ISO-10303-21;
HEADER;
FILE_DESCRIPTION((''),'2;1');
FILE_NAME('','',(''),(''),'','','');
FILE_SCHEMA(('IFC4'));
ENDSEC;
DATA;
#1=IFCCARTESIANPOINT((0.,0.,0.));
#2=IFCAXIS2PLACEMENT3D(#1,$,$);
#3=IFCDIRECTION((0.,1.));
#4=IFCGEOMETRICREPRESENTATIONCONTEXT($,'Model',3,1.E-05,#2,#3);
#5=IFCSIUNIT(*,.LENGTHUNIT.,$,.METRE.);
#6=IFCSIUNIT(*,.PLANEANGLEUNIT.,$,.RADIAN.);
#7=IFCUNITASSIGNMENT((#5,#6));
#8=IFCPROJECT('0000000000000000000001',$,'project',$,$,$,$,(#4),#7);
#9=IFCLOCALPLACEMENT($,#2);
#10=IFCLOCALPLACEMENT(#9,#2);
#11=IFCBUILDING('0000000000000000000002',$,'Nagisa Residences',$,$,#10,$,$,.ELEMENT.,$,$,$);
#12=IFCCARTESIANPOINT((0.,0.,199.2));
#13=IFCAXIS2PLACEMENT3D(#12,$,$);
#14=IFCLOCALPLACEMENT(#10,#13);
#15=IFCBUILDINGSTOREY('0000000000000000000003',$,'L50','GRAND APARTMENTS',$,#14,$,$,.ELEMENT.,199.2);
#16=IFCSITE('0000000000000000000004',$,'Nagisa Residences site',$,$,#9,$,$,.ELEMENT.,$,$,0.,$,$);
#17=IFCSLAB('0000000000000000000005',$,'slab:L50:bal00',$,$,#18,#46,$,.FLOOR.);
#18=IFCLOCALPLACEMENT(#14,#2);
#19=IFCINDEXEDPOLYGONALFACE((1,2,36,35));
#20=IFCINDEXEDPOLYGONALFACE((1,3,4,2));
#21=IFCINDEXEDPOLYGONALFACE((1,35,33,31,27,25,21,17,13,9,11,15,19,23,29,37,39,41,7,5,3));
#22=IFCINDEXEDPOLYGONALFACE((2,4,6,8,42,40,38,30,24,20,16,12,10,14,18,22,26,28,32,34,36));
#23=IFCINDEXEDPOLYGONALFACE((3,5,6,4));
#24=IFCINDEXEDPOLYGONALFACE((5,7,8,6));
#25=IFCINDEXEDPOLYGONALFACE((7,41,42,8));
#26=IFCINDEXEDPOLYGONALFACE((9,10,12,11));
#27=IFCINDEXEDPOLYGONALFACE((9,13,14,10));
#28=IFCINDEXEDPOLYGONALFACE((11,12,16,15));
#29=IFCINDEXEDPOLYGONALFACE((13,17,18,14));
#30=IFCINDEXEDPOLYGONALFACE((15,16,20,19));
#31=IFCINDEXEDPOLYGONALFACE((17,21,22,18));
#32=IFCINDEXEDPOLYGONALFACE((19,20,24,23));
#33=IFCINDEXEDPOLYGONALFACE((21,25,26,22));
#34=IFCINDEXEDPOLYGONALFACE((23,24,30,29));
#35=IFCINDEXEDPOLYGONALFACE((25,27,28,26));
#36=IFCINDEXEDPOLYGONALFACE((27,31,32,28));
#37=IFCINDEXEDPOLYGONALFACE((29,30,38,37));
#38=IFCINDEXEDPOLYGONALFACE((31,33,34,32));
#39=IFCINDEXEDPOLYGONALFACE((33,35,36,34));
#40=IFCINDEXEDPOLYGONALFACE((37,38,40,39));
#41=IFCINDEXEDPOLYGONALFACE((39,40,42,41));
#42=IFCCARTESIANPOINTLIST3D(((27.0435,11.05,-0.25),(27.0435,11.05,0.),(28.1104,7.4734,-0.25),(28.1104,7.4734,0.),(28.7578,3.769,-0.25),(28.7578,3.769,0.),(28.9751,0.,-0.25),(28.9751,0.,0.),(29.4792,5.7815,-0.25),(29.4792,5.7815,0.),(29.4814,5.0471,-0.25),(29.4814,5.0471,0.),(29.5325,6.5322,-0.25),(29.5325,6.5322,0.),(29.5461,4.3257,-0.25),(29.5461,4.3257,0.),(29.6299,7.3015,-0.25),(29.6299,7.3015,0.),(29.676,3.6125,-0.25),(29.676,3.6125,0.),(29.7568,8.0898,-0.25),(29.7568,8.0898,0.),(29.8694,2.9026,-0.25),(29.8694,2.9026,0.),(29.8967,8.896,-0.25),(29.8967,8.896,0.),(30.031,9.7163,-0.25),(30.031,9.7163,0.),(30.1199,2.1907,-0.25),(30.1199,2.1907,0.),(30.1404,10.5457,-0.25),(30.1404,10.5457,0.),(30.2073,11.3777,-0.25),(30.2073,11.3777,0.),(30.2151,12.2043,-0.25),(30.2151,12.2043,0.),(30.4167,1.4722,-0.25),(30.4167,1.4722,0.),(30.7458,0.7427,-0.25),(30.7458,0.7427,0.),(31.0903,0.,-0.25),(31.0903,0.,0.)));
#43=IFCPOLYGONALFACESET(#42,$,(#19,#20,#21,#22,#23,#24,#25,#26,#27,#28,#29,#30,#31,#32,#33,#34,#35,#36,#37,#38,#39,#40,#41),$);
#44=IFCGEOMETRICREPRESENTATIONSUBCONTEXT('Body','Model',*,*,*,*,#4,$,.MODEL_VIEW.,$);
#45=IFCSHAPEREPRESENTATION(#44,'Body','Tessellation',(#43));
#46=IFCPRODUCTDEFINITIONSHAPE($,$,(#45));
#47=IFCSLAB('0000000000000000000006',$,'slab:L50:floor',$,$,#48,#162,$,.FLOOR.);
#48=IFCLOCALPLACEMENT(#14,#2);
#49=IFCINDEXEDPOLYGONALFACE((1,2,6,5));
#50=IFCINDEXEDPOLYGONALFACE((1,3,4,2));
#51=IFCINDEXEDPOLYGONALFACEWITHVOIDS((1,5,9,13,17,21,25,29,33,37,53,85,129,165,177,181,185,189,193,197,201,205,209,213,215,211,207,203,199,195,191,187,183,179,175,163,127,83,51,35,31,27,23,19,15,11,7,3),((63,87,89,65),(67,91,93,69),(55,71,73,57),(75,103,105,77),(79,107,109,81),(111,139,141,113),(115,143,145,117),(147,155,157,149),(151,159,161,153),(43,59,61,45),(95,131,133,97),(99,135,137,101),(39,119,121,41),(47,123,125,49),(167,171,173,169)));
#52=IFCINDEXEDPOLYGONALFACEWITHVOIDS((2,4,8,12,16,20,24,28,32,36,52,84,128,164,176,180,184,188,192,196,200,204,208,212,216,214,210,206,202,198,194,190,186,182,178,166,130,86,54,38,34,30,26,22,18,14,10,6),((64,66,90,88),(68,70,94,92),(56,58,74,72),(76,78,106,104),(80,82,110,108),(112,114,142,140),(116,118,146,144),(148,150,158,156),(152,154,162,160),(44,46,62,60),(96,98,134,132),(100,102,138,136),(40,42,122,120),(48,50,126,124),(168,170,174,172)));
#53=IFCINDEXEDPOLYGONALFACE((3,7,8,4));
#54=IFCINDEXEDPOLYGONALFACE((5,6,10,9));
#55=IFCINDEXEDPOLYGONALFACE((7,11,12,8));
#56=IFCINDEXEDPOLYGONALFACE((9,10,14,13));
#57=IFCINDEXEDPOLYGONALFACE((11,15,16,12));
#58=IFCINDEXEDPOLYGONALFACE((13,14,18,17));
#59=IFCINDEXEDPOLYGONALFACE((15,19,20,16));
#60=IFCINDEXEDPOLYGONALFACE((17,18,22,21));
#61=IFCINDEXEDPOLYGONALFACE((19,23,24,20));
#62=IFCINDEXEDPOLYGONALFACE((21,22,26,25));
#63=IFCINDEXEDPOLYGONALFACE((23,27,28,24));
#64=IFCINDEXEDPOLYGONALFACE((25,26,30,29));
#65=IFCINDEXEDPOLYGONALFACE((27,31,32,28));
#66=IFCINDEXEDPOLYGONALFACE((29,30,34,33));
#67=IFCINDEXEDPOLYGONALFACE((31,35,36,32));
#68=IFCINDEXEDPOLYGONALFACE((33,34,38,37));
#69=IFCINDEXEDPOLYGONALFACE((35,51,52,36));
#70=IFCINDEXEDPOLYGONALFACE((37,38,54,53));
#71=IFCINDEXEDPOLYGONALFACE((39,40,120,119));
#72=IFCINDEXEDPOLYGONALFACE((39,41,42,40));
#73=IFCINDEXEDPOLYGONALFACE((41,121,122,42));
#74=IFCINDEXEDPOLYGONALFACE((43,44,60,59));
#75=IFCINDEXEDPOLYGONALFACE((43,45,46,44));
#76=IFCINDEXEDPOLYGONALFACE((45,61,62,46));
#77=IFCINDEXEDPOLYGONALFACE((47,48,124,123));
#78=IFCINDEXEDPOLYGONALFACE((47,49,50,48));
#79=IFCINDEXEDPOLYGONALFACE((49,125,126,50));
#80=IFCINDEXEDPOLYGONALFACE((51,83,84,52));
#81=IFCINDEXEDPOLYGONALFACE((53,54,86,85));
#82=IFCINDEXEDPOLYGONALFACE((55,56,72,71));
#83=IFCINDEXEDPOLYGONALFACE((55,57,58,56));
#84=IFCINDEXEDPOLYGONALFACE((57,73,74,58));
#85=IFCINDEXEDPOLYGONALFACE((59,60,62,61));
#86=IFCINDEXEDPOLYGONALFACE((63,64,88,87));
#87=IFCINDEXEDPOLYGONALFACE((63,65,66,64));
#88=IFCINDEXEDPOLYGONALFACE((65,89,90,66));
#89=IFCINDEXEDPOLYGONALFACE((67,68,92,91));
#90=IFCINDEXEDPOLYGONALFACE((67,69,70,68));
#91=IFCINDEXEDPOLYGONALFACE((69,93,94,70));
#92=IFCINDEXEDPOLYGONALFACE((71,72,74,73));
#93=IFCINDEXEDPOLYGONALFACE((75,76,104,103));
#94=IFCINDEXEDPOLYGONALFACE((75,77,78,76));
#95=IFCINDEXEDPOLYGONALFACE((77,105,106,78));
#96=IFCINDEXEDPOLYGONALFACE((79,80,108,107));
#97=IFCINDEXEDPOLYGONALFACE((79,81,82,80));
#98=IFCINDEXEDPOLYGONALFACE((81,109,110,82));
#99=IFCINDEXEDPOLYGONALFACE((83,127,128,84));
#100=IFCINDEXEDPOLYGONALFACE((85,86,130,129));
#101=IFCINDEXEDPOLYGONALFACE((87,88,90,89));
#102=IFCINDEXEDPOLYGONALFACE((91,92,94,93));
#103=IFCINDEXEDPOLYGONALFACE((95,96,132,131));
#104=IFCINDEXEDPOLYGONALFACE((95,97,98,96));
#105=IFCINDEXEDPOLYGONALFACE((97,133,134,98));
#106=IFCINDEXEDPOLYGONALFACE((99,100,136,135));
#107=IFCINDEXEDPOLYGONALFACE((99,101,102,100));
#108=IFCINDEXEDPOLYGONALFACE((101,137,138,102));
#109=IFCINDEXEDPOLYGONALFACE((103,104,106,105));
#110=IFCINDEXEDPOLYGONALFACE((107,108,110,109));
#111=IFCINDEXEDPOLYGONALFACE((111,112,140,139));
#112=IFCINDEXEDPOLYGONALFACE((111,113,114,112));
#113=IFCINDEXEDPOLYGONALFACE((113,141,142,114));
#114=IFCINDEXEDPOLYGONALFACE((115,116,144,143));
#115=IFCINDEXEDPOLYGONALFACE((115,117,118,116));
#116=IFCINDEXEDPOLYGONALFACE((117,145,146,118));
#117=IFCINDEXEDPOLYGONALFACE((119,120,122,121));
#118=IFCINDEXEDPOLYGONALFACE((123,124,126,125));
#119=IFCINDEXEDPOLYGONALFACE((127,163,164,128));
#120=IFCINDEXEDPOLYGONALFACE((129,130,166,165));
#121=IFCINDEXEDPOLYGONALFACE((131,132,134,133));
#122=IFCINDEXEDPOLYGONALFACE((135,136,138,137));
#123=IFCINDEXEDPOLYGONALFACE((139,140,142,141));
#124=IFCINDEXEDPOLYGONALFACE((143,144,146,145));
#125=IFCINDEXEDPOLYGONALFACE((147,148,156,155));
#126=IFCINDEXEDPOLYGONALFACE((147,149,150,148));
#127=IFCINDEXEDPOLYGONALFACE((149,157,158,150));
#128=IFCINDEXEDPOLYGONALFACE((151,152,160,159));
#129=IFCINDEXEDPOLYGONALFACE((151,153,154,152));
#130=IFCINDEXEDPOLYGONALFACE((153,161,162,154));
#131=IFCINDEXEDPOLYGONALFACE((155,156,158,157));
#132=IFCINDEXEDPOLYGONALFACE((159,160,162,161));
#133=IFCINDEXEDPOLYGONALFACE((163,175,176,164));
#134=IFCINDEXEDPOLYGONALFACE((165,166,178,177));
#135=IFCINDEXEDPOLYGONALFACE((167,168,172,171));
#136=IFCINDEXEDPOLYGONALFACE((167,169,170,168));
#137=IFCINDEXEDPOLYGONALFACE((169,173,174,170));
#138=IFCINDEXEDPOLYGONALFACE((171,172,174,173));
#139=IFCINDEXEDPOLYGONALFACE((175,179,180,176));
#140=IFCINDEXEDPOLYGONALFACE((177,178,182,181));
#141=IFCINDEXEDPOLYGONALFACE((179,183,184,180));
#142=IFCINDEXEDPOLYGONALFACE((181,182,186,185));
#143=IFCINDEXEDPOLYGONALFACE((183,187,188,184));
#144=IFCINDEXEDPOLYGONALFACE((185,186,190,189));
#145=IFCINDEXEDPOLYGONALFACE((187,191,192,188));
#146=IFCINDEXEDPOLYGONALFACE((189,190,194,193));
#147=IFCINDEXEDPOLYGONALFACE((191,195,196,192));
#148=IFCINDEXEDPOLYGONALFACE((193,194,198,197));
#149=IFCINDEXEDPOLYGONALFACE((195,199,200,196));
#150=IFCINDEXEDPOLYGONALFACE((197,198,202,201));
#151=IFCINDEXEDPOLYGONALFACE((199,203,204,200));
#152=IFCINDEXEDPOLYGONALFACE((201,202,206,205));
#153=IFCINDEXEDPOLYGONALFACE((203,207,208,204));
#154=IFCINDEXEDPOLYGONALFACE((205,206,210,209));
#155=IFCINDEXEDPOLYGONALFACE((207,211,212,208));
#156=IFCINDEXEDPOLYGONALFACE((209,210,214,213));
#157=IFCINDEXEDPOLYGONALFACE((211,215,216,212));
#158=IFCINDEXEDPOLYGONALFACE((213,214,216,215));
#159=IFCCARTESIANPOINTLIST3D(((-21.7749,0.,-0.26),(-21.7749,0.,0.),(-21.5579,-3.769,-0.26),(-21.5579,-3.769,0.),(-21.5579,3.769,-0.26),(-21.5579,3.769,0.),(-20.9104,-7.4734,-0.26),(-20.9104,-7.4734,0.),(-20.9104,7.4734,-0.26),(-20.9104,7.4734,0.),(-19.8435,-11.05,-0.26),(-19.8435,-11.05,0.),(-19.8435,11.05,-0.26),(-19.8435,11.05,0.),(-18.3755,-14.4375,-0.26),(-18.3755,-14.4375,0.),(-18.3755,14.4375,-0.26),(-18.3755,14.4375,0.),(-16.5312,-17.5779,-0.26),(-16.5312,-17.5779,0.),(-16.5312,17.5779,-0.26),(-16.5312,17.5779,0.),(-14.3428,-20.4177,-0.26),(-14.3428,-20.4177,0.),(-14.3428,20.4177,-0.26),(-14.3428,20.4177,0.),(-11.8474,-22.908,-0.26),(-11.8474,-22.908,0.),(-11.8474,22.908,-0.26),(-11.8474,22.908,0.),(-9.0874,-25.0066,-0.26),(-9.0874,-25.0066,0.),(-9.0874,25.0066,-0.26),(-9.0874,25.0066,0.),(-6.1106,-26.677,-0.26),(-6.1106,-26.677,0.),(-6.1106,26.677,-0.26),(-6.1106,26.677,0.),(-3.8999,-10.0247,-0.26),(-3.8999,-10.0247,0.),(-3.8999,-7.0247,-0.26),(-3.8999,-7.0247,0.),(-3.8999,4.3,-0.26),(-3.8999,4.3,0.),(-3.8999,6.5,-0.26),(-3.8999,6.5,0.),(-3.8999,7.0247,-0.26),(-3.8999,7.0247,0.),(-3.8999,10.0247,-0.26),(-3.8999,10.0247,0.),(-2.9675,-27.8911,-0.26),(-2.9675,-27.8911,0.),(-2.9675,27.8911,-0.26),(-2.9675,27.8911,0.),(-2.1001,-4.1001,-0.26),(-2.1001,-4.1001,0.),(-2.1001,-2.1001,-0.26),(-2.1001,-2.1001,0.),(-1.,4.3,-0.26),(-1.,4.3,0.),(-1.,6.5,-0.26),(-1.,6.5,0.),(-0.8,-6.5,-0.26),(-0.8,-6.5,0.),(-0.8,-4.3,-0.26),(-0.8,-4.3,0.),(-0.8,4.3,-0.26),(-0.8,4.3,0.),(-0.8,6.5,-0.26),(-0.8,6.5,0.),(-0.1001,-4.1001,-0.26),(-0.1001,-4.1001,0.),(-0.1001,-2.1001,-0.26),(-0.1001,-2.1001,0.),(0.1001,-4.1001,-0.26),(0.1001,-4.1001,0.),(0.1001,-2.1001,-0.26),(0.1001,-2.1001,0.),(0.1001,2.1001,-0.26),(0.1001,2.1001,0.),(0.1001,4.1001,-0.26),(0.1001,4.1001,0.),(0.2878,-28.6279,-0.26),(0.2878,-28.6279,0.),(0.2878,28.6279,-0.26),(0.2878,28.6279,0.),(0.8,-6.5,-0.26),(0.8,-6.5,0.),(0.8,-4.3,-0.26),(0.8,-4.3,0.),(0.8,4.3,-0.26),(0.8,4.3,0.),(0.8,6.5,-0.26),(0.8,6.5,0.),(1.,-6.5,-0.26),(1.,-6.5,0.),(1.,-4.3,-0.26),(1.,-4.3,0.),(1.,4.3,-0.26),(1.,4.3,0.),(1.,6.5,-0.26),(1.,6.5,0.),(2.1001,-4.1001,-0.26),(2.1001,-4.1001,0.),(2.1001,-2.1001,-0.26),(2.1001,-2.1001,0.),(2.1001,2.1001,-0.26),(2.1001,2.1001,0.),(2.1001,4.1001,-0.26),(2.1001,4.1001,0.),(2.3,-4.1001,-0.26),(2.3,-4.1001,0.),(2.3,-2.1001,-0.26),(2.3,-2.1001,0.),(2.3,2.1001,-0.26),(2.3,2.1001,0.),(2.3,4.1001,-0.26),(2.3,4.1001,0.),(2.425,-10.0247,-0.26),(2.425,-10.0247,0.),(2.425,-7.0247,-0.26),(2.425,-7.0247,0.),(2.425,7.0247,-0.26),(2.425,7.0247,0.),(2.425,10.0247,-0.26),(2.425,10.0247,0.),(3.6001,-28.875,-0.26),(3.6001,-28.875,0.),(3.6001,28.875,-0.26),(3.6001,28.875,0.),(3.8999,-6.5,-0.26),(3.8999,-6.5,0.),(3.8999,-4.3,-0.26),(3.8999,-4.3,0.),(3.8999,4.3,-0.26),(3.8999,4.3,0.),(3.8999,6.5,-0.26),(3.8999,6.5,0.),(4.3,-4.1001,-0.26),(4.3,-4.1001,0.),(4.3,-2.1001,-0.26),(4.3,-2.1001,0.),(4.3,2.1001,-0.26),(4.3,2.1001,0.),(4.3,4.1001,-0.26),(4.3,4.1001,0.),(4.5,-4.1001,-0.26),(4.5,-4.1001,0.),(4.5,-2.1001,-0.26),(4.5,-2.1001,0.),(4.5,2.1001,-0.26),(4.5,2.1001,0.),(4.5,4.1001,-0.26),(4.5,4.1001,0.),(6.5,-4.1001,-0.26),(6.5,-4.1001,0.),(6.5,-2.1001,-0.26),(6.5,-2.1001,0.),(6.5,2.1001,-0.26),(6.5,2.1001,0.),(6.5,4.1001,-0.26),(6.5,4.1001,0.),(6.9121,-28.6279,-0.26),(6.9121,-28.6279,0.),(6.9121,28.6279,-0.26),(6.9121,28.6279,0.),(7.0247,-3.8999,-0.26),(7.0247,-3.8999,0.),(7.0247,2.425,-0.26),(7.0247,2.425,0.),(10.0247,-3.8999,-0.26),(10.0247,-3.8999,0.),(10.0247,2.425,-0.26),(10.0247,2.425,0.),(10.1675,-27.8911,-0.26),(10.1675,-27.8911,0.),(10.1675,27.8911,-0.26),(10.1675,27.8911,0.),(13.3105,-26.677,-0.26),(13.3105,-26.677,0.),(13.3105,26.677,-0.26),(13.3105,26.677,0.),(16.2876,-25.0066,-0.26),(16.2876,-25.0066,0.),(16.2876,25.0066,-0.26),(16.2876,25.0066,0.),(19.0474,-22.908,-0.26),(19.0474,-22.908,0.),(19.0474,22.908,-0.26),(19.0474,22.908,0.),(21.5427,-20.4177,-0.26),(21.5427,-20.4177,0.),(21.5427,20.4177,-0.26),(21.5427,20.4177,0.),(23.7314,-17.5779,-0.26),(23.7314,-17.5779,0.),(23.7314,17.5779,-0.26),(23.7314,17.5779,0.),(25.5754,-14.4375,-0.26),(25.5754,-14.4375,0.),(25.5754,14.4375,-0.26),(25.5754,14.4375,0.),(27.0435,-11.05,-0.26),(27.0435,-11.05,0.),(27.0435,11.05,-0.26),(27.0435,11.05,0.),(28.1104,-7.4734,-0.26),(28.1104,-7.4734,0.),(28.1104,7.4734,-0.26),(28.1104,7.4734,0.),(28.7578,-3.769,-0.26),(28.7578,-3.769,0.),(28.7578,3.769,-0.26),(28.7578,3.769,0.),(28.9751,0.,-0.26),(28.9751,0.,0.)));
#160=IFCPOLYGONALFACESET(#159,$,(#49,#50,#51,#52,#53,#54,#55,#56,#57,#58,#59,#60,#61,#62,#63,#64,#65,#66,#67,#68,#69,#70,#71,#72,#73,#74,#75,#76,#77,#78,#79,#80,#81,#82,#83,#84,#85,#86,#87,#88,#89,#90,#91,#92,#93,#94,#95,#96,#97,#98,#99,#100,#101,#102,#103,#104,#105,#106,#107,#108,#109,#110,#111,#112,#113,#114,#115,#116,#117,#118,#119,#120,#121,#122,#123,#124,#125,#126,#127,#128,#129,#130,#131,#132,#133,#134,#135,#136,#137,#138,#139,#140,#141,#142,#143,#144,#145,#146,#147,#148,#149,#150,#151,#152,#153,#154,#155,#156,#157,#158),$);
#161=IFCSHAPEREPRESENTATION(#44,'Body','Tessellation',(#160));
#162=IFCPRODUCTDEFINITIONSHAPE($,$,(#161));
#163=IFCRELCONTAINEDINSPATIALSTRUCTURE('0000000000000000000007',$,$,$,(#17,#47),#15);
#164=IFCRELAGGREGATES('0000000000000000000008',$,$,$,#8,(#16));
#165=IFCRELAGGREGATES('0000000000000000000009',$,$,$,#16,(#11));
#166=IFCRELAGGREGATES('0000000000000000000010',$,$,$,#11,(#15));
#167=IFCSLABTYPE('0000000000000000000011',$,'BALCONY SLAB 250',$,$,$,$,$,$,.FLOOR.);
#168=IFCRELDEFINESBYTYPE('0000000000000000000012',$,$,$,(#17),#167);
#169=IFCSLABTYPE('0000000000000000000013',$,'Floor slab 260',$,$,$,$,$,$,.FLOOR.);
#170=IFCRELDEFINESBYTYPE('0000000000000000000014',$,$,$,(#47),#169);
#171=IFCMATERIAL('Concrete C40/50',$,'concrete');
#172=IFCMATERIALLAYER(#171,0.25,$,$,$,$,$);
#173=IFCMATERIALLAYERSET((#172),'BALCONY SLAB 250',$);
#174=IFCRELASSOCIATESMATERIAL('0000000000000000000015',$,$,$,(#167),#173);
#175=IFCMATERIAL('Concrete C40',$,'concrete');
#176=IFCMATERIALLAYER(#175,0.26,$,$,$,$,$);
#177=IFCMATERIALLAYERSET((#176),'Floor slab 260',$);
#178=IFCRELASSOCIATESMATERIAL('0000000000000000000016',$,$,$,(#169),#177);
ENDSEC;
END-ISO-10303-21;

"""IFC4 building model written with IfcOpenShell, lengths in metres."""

from ifc_helpers import new_model, si_unit, direction, frame, origin, place, context, subcontext, project, spatial, polyline, outline, extrude, material, layer, layer_set, type_object, element, save


model = new_model("IFC4")

# Units and contexts
model_context = context("Model", 3, precision=1e-05, world=origin(), true_north=direction((0.0, 1.0)))
body_context = subcontext(model_context, "Body", "Model", "MODEL_VIEW")
ifc_project = project(units=[si_unit("LENGTHUNIT", "METRE"), si_unit("PLANEANGLEUNIT", "RADIAN")], contexts=[model_context])

# Site, building, storey
site_placement = place(None, origin())
site = spatial("IfcSite", under=ifc_project, at=site_placement, Name="Nagisa Residences site", CompositionType="ELEMENT", RefElevation=0.0)
building_placement = place(site_placement, origin())
building = spatial("IfcBuilding", under=site, at=building_placement, Name="Nagisa Residences", CompositionType="ELEMENT")
storey_placement = place(building_placement, frame((0.0, 0.0, 199.2)))
storey = spatial("IfcBuildingStorey", under=building, at=storey_placement, Name="L50", Description="GRAND APARTMENTS", CompositionType="ELEMENT", Elevation=199.2)

# Slabs
ifc_material_1 = material(Name="Concrete C40/50", Category="concrete")
ifc_layer_1 = layer(ifc_material_1, 0.25)
ifc_layer_set_1 = layer_set([ifc_layer_1], Name="BALCONY SLAB 250")
slab_type_1 = type_object("IfcSlabType", Name="BALCONY SLAB 250", PredefinedType="FLOOR", material=ifc_layer_set_1)
slab_1_placement = place(storey_placement, frame((0.0, 0.0, -0.25)))
element("IfcSlab", 1, at=slab_1_placement, inside=storey, type_object=slab_type_1, Name="slab:L50:bal00", PredefinedType="FLOOR", context=body_context, shape_type="SweptSolid", body=[
    extrude(outline(polyline([(31.0903, 0.0), (30.7458, 0.7427), (30.4167, 1.4722), (30.1199, 2.1907), (29.8694, 2.9026), (29.676, 3.6125), (29.5461, 4.3257), (29.4814, 5.0471), (29.4792, 5.7815), (29.5325, 6.5322), (29.6299, 7.3015), (29.7568, 8.0898), (29.8967, 8.896), (30.031, 9.7163), (30.1404, 10.5457), (30.2073, 11.3777), (30.2151, 12.2043), (27.0435, 11.05), (28.1104, 7.4734), (28.7578, 3.769), (28.9751, 0.0), (31.0903, 0.0)])), origin(), (0.0, 0.0, 1.0), 0.25),
])
ifc_material_2 = material(Name="Concrete C40", Category="concrete")
ifc_layer_2 = layer(ifc_material_2, 0.26)
ifc_layer_set_2 = layer_set([ifc_layer_2], Name="Floor slab 260")
slab_type_2 = type_object("IfcSlabType", Name="Floor slab 260", PredefinedType="FLOOR", material=ifc_layer_set_2)
slab_2_placement = place(storey_placement, frame((0.0, 0.0, -0.26)))
element("IfcSlab", 2, at=slab_2_placement, inside=storey, type_object=slab_type_2, Name="slab:L50:floor", PredefinedType="FLOOR", context=body_context, shape_type="SweptSolid", body=[
    extrude(outline(polyline([(28.9751, 0.0), (28.7578, 3.769), (28.1104, 7.4734), (27.0435, 11.05), (25.5754, 14.4375), (23.7314, 17.5779), (21.5427, 20.4177), (19.0474, 22.908), (16.2876, 25.0066), (13.3105, 26.677), (10.1675, 27.8911), (6.9121, 28.6279), (3.6001, 28.875), (0.2878, 28.6279), (-2.9675, 27.8911), (-6.1106, 26.677), (-9.0874, 25.0066), (-11.8474, 22.908), (-14.3428, 20.4177), (-16.5312, 17.5779), (-18.3755, 14.4375), (-19.8435, 11.05), (-20.9104, 7.4734), (-21.5579, 3.769), (-21.7749, 0.0), (-21.5579, -3.769), (-20.9104, -7.4734), (-19.8435, -11.05), (-18.3755, -14.4375), (-16.5312, -17.5779), (-14.3428, -20.4177), (-11.8474, -22.908), (-9.0874, -25.0066), (-6.1106, -26.677), (-2.9675, -27.8911), (0.2878, -28.6279), (3.6001, -28.875), (6.9121, -28.6279), (10.1675, -27.8911), (13.3105, -26.677), (16.2876, -25.0066), (19.0474, -22.908), (21.5427, -20.4177), (23.7314, -17.5779), (25.5754, -14.4375), (27.0435, -11.05), (28.1104, -7.4734), (28.7578, -3.769), (28.9751, 0.0)]), holes=[polyline([(2.1001, 2.1001), (2.1001, 4.1001), (0.1001, 4.1001), (0.1001, 2.1001), (2.1001, 2.1001)]), polyline([(4.3, 2.1001), (4.3, 4.1001), (2.3, 4.1001), (2.3, 2.1001), (4.3, 2.1001)]), polyline([(6.5, 2.1001), (6.5, 4.1001), (4.5, 4.1001), (4.5, 2.1001), (6.5, 2.1001)]), polyline([(-0.1001, -4.1001), (-0.1001, -2.1001), (-2.1001, -2.1001), (-2.1001, -4.1001), (-0.1001, -4.1001)]), polyline([(2.1001, -4.1001), (2.1001, -2.1001), (0.1001, -2.1001), (0.1001, -4.1001), (2.1001, -4.1001)]), polyline([(4.3, -4.1001), (4.3, -2.1001), (2.3, -2.1001), (2.3, -4.1001), (4.3, -4.1001)]), polyline([(6.5, -4.1001), (6.5, -2.1001), (4.5, -2.1001), (4.5, -4.1001), (6.5, -4.1001)]), polyline([(3.8999, 4.3), (3.8999, 6.5), (1.0, 6.5), (1.0, 4.3), (3.8999, 4.3)]), polyline([(3.8999, -6.5), (3.8999, -4.3), (1.0, -4.3), (1.0, -6.5), (3.8999, -6.5)]), polyline([(-1.0, 4.3), (-1.0, 6.5), (-3.8999, 6.5), (-3.8999, 4.3), (-1.0, 4.3)]), polyline([(0.8, 4.3), (0.8, 6.5), (-0.8, 6.5), (-0.8, 4.3), (0.8, 4.3)]), polyline([(0.8, -6.5), (0.8, -4.3), (-0.8, -4.3), (-0.8, -6.5), (0.8, -6.5)]), polyline([(10.0247, -3.8999), (7.0247, -3.8999), (7.0247, 2.425), (10.0247, 2.425), (10.0247, -3.8999)]), polyline([(-3.8999, 7.0247), (-3.8999, 10.0247), (2.425, 10.0247), (2.425, 7.0247), (-3.8999, 7.0247)]), polyline([(-3.8999, -10.0247), (-3.8999, -7.0247), (2.425, -7.0247), (2.425, -10.0247), (-3.8999, -10.0247)])]), origin(), (0.0, 0.0, 1.0), 0.26),
])

save(model, "model.ifc")
